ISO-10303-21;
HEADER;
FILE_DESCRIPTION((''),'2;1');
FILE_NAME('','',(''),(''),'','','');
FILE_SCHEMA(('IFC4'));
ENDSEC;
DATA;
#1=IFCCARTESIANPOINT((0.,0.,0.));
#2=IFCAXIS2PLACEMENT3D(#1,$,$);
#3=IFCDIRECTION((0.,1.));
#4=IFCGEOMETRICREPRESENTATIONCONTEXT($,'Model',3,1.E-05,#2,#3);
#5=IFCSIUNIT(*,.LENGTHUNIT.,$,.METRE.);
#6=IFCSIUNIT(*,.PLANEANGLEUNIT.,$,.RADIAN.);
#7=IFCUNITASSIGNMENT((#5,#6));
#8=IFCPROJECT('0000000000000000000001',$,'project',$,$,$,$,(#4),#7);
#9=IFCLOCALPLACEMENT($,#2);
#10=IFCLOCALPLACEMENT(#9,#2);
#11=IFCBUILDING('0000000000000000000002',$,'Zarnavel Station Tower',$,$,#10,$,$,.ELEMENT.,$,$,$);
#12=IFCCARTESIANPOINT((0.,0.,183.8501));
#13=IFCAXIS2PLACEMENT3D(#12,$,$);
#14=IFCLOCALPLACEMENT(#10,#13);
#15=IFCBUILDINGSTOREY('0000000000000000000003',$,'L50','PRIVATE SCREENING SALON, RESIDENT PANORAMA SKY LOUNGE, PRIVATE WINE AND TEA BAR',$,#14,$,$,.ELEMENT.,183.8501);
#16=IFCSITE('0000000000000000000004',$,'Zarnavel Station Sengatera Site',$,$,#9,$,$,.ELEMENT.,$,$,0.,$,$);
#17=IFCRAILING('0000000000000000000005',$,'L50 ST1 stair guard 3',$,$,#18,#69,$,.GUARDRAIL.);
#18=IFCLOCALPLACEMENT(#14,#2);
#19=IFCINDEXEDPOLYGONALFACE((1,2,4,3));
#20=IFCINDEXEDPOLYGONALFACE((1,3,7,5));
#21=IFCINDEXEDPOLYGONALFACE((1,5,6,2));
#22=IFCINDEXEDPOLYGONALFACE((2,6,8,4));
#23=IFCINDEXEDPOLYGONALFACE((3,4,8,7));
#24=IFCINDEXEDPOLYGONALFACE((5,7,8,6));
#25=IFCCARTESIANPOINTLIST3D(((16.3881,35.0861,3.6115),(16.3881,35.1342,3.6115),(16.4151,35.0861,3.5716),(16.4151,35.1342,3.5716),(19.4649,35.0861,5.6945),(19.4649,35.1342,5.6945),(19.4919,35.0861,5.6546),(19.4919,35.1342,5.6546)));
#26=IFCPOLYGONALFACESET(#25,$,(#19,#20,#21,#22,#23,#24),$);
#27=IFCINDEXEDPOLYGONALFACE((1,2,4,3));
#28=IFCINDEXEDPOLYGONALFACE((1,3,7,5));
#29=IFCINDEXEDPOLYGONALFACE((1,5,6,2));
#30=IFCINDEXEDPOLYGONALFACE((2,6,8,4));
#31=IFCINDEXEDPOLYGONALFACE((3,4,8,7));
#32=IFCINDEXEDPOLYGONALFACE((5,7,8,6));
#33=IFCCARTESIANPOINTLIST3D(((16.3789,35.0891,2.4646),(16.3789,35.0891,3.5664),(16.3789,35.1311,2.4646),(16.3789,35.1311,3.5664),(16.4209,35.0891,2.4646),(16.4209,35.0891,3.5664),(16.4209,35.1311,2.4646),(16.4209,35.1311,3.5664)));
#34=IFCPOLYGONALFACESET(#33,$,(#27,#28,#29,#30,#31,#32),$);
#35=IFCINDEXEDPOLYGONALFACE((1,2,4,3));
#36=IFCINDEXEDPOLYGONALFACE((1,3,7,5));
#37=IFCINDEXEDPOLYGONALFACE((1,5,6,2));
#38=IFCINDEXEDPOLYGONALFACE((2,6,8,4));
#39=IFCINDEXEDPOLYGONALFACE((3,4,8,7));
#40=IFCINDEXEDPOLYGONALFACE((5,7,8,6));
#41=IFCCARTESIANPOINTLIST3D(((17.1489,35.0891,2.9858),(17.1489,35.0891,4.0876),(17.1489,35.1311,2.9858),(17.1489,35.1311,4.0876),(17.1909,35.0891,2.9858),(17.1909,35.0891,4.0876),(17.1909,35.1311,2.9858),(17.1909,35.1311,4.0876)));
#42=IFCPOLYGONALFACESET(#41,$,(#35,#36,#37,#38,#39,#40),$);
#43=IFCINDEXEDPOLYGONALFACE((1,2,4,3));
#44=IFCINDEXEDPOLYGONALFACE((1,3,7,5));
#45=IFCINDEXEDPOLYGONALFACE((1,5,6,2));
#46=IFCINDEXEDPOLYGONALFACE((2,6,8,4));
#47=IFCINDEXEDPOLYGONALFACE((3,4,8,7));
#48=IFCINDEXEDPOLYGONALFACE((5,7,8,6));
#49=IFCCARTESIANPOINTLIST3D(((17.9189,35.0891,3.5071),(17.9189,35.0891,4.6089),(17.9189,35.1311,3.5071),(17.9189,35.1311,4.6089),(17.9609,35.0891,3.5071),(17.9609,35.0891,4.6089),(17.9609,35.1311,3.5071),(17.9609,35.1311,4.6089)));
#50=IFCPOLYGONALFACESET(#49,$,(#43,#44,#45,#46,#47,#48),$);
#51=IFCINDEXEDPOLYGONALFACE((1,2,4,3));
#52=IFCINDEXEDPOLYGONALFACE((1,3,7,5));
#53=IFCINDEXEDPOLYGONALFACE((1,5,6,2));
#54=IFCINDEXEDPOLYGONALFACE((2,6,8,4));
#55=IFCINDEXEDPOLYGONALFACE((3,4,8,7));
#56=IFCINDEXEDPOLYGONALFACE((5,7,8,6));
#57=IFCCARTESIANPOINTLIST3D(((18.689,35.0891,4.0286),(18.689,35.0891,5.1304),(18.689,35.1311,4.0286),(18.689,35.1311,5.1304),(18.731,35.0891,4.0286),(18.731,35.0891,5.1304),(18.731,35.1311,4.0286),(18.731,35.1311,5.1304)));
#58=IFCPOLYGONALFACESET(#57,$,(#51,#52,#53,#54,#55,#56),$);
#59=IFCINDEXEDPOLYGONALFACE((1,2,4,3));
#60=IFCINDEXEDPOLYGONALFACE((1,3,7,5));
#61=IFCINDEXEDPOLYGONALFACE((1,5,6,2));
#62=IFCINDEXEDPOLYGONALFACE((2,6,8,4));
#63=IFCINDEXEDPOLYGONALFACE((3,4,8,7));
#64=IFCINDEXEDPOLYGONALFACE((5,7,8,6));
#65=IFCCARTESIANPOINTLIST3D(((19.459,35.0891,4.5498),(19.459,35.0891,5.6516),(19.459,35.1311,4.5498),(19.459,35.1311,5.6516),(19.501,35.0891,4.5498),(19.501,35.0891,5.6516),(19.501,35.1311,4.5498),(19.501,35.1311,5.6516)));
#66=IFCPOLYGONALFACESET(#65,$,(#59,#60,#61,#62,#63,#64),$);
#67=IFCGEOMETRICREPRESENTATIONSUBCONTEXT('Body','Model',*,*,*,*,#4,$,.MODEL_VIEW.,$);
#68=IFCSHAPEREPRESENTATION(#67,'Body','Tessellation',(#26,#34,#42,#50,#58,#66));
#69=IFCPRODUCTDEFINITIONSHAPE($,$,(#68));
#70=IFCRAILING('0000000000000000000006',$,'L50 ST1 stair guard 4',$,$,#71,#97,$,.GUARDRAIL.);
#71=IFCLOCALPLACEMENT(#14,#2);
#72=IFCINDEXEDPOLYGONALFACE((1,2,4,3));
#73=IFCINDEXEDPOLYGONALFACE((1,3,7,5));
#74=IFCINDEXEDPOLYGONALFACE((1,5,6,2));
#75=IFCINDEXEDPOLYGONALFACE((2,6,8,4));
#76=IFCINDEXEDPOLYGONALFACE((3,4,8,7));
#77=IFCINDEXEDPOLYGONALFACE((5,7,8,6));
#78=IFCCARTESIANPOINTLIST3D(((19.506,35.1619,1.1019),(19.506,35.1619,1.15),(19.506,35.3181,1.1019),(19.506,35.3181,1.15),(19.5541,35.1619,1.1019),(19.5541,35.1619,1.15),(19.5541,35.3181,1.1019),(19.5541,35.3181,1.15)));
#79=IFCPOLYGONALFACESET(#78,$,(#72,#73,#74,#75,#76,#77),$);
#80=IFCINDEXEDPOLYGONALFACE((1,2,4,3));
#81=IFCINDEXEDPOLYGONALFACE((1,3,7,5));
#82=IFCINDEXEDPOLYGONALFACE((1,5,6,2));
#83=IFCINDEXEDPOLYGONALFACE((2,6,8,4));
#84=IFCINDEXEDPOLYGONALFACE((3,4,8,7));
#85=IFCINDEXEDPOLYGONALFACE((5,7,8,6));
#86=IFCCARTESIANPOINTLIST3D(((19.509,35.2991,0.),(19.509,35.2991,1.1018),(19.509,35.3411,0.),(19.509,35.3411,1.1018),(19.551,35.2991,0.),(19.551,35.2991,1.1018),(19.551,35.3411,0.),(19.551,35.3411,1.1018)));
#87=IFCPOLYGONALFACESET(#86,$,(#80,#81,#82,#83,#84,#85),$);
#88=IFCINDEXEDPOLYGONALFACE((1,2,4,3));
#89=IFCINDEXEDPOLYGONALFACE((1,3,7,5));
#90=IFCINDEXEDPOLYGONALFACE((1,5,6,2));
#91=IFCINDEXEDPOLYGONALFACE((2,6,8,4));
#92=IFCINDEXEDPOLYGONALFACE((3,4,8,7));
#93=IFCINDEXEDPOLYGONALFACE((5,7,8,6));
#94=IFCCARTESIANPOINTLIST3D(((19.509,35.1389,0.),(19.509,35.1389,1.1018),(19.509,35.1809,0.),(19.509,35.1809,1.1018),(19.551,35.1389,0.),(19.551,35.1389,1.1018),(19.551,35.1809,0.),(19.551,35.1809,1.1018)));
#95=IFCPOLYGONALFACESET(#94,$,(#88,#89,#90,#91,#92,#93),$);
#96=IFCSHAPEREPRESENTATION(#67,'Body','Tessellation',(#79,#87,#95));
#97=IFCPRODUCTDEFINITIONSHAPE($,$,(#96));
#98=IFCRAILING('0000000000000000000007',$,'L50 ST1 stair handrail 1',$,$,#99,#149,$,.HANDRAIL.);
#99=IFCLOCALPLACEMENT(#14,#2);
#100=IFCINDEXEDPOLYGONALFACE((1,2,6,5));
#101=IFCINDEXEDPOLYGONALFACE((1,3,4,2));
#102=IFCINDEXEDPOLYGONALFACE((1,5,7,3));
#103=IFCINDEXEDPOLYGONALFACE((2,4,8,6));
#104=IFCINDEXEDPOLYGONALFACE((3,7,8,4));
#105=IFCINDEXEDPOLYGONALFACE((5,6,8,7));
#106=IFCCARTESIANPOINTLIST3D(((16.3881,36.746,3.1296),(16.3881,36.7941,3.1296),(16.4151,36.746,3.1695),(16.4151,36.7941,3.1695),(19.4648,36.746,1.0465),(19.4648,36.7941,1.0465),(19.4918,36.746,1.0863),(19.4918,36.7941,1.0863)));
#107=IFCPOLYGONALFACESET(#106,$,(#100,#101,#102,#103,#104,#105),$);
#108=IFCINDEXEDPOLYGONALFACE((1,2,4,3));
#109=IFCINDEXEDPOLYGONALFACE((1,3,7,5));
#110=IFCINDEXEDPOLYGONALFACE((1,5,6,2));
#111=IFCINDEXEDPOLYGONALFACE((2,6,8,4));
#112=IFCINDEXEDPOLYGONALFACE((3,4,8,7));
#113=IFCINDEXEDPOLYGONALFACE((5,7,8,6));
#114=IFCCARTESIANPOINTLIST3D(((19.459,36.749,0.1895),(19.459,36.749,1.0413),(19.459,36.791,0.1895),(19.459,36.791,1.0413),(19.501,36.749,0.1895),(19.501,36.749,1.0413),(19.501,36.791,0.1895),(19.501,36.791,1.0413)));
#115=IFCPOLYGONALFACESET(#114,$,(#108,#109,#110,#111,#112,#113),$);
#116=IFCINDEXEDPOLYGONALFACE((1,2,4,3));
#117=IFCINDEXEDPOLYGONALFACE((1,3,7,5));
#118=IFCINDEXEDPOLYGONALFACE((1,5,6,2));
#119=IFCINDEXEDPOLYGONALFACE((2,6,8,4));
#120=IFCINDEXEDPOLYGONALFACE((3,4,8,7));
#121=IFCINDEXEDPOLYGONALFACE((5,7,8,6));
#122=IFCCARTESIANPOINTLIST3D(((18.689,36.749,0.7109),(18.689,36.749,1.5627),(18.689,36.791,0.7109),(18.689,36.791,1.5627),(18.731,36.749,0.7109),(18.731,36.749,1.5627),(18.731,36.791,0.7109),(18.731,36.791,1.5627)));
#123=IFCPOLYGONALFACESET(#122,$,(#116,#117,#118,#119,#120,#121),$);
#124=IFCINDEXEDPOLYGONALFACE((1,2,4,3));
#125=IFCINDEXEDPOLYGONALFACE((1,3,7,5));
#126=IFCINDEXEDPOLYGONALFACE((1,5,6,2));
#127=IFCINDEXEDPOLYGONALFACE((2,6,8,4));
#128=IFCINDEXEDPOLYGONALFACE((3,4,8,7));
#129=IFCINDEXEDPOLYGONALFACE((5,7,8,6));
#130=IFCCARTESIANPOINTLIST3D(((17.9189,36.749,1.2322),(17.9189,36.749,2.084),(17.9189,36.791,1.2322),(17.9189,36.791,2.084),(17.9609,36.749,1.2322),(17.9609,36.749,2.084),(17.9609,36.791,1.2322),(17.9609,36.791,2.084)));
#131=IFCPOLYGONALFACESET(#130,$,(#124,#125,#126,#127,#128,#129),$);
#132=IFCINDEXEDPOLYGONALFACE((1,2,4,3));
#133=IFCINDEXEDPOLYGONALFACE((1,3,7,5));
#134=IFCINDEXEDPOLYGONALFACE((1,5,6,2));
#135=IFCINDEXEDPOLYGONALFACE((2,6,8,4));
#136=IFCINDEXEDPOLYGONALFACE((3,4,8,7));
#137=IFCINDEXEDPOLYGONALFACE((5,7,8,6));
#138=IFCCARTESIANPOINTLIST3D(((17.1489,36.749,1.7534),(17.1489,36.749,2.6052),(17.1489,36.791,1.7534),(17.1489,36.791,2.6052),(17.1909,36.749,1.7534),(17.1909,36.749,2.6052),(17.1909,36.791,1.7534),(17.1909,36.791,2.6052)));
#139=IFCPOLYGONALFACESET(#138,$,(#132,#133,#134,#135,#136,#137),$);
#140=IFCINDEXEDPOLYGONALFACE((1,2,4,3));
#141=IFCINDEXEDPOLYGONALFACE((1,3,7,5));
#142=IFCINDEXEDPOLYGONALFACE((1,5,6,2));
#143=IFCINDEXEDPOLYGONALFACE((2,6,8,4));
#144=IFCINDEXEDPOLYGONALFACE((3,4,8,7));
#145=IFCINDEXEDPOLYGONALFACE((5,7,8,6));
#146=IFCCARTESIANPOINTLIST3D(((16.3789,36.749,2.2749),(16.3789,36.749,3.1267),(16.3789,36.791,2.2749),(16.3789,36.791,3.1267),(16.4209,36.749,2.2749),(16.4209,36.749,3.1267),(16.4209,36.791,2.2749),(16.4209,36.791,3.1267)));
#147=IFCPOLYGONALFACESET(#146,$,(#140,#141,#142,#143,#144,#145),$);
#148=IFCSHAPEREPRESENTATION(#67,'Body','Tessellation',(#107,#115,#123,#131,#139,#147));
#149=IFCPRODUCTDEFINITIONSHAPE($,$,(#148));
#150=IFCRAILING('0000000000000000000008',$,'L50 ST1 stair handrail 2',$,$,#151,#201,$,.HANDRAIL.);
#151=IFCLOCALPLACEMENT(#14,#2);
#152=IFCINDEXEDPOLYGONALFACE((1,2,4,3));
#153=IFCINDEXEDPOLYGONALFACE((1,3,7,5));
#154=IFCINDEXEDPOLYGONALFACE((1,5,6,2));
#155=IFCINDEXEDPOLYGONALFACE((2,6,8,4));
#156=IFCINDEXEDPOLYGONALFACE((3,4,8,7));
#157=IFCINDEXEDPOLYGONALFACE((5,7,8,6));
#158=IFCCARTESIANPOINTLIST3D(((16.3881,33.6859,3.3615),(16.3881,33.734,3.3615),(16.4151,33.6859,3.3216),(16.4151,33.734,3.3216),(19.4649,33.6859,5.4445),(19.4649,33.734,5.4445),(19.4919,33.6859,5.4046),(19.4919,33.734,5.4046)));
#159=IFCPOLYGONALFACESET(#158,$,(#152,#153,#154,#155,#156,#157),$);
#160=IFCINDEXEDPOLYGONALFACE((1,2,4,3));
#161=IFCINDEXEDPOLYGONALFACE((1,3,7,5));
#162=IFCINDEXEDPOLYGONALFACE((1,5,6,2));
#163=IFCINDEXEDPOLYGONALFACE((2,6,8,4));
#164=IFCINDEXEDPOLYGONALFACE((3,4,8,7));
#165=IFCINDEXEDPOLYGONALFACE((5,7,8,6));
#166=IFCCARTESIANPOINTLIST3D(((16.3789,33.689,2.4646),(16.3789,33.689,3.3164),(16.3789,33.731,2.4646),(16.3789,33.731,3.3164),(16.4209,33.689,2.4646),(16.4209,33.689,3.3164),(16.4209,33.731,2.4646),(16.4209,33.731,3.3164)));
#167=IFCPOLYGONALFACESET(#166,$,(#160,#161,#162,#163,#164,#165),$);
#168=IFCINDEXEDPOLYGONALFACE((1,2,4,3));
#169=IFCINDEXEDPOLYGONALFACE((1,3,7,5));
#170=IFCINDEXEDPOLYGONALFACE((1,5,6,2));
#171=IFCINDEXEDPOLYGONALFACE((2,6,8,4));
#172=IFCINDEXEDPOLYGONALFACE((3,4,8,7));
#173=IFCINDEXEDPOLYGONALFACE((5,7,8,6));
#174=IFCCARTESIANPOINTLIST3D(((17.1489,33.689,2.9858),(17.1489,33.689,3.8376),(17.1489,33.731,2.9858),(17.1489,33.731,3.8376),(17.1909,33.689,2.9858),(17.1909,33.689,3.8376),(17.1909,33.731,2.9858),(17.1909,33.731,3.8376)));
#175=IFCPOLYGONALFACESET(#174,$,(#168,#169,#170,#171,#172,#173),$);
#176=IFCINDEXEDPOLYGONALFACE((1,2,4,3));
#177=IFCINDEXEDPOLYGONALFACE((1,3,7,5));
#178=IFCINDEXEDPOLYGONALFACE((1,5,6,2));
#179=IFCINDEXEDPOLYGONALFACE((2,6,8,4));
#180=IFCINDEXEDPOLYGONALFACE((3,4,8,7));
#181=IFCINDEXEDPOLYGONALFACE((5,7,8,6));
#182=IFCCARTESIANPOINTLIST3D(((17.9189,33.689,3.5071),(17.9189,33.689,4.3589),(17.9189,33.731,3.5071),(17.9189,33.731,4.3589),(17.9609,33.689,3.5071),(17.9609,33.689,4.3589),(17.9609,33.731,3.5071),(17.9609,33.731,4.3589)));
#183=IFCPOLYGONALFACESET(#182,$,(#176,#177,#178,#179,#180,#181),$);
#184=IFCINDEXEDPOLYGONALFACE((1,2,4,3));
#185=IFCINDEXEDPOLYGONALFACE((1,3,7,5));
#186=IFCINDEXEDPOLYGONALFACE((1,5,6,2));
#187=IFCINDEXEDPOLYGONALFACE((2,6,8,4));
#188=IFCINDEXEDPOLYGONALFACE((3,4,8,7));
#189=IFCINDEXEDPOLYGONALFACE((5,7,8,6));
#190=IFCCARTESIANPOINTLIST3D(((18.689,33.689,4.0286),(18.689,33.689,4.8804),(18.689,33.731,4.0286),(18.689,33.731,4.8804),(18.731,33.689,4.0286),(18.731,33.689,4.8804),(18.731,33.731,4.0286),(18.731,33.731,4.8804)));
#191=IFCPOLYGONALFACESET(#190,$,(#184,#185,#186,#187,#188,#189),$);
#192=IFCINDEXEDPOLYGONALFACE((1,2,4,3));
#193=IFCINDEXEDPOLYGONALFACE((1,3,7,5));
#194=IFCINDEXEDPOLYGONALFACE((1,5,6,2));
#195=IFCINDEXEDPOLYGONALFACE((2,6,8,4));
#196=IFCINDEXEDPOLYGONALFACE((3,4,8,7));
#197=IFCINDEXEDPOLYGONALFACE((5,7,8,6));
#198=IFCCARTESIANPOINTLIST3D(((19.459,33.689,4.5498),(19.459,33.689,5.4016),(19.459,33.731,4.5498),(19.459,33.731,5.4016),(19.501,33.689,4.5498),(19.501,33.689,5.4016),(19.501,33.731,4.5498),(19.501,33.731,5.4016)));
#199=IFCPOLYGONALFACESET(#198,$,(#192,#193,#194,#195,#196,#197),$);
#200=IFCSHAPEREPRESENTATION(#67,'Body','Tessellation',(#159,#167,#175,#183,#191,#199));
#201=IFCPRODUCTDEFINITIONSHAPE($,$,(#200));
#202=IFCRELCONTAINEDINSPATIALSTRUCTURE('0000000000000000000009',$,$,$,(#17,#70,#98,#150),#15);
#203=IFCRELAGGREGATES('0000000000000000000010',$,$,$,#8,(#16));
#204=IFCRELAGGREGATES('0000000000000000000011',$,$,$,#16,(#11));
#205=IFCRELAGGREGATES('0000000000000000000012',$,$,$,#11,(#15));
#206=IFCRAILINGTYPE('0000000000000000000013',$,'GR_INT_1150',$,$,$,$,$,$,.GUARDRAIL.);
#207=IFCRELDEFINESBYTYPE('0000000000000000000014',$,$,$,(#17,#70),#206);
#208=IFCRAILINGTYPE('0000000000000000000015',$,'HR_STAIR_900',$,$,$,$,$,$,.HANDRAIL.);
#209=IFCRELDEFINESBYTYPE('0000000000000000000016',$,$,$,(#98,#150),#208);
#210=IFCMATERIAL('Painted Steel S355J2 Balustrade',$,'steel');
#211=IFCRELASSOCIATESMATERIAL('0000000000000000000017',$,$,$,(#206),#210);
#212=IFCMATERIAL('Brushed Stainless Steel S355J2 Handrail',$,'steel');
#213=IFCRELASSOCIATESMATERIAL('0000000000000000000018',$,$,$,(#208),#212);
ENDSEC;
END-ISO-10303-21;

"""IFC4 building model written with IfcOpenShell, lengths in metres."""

from ifc_helpers import new_model, si_unit, direction, frame, origin, origin_2d, place, context, subcontext, project, spatial, rectangle, extrude, material, type_object, element, save


model = new_model("IFC4")

# Units and contexts
model_context = context("Model", 3, precision=1e-05, world=origin(), true_north=direction((0.0, 1.0)))
body_context = subcontext(model_context, "Body", "Model", "MODEL_VIEW")
ifc_project = project(units=[si_unit("LENGTHUNIT", "METRE"), si_unit("PLANEANGLEUNIT", "RADIAN")], contexts=[model_context])

# Site, building, storey
site_placement = place(None, origin())
site = spatial("IfcSite", under=ifc_project, at=site_placement, Name="Zarnavel Station Sengatera Site", CompositionType="ELEMENT", RefElevation=0.0)
building_placement = place(site_placement, origin())
building = spatial("IfcBuilding", under=site, at=building_placement, Name="Zarnavel Station Tower", CompositionType="ELEMENT")
storey_placement = place(building_placement, frame((0.0, 0.0, 183.8501)))
storey = spatial("IfcBuildingStorey", under=building, at=storey_placement, Name="L50", Description="PRIVATE SCREENING SALON, RESIDENT PANORAMA SKY LOUNGE, PRIVATE WINE AND TEA BAR", CompositionType="ELEMENT", Elevation=183.8501)

# Railings
ifc_material_1 = material(Name="Painted Steel S355J2 Balustrade", Category="steel")
railing_type_1 = type_object("IfcRailingType", Name="GR_INT_1150", PredefinedType="GUARDRAIL", material=ifc_material_1)
railing_1_placement = place(storey_placement, frame((16.3999, 35.1101, 2.4646)))
element("IfcRailing", 1, at=railing_1_placement, inside=storey, type_object=railing_type_1, Name="L50 ST1 stair guard 3", PredefinedType="GUARDRAIL", context=body_context, shape_type="SweptSolid", body=[
    extrude(rectangle(XDim=0.0481, YDim=0.0481, at=origin_2d()), frame((0.0017, 0.0, 1.127), z_axis=(0.828081, 0.0, 0.560609), x_axis=(0.0, 1.0, 0.0)), (0.0, 0.0, 1.0), 3.7156),
    extrude(rectangle(XDim=0.042, YDim=0.042, at=origin_2d()), origin(), (0.0, 0.0, 1.0), 1.1018),
    extrude(rectangle(XDim=0.042, YDim=0.042, at=origin_2d()), frame((0.77, 0.0, 0.5212)), (0.0, 0.0, 1.0), 1.1018),
    extrude(rectangle(XDim=0.042, YDim=0.042, at=origin_2d()), frame((1.54, 0.0, 1.0425)), (0.0, 0.0, 1.0), 1.1018),
    extrude(rectangle(XDim=0.042, YDim=0.042, at=origin_2d()), frame((2.3101, 0.0, 1.564)), (0.0, 0.0, 1.0), 1.1018),
    extrude(rectangle(XDim=0.042, YDim=0.042, at=origin_2d()), frame((3.0801, 0.0, 2.0852)), (0.0, 0.0, 1.0), 1.1018),
])
railing_2_placement = place(storey_placement, frame((19.53, 35.3201, 0.0)))
element("IfcRailing", 2, at=railing_2_placement, inside=storey, type_object=railing_type_1, Name="L50 ST1 stair guard 4", PredefinedType="GUARDRAIL", context=body_context, shape_type="SweptSolid", body=[
    extrude(rectangle(XDim=0.0481, YDim=0.0481, at=origin_2d()), frame((0.0, -0.002, 1.126), z_axis=(0.0, -1.0, 0.0), x_axis=(1.0, 0.0, 0.0)), (0.0, 0.0, 1.0), 0.1562),
    extrude(rectangle(XDim=0.042, YDim=0.042, at=origin_2d()), origin(), (0.0, 0.0, 1.0), 1.1018),
    extrude(rectangle(XDim=0.042, YDim=0.042, at=origin_2d()), frame((0.0, -0.1602, 0.0)), (0.0, 0.0, 1.0), 1.1018),
])
ifc_material_2 = material(Name="Brushed Stainless Steel S355J2 Handrail", Category="steel")
railing_type_2 = type_object("IfcRailingType", Name="HR_STAIR_900", PredefinedType="HANDRAIL", material=ifc_material_2)
railing_3_placement = place(storey_placement, frame((19.48, 36.77, 0.1895)))
element("IfcRailing", 3, at=railing_3_placement, inside=storey, type_object=railing_type_2, Name="L50 ST1 stair handrail 1", PredefinedType="HANDRAIL", context=body_context, shape_type="SweptSolid", body=[
    extrude(rectangle(XDim=0.0481, YDim=0.0481, at=origin_2d()), frame((-0.0017, 0.0, 0.877), z_axis=(-0.82805, 0.0, 0.560654), x_axis=(0.0, -1.0, 0.0)), (0.0, 0.0, 1.0), 3.7156),
    extrude(rectangle(XDim=0.042, YDim=0.042, at=origin_2d()), origin(), (0.0, 0.0, 1.0), 0.8518),
    extrude(rectangle(XDim=0.042, YDim=0.042, at=origin_2d()), frame((-0.77, 0.0, 0.5215)), (0.0, 0.0, 1.0), 0.8518),
    extrude(rectangle(XDim=0.042, YDim=0.042, at=origin_2d()), frame((-1.54, 0.0, 1.0427)), (0.0, 0.0, 1.0), 0.8518),
    extrude(rectangle(XDim=0.042, YDim=0.042, at=origin_2d()), frame((-2.3101, 0.0, 1.564)), (0.0, 0.0, 1.0), 0.8518),
    extrude(rectangle(XDim=0.042, YDim=0.042, at=origin_2d()), frame((-3.0801, 0.0, 2.0854)), (0.0, 0.0, 1.0), 0.8518),
])
railing_4_placement = place(storey_placement, frame((16.3999, 33.71, 2.4646)))
element("IfcRailing", 4, at=railing_4_placement, inside=storey, type_object=railing_type_2, Name="L50 ST1 stair handrail 2", PredefinedType="HANDRAIL", context=body_context, shape_type="SweptSolid", body=[
    extrude(rectangle(XDim=0.0481, YDim=0.0481, at=origin_2d()), frame((0.0017, 0.0, 0.877), z_axis=(0.828081, 0.0, 0.560609), x_axis=(0.0, 1.0, 0.0)), (0.0, 0.0, 1.0), 3.7156),
    extrude(rectangle(XDim=0.042, YDim=0.042, at=origin_2d()), origin(), (0.0, 0.0, 1.0), 0.8518),
    extrude(rectangle(XDim=0.042, YDim=0.042, at=origin_2d()), frame((0.77, 0.0, 0.5212)), (0.0, 0.0, 1.0), 0.8518),
    extrude(rectangle(XDim=0.042, YDim=0.042, at=origin_2d()), frame((1.54, 0.0, 1.0425)), (0.0, 0.0, 1.0), 0.8518),
    extrude(rectangle(XDim=0.042, YDim=0.042, at=origin_2d()), frame((2.3101, 0.0, 1.564)), (0.0, 0.0, 1.0), 0.8518),
    extrude(rectangle(XDim=0.042, YDim=0.042, at=origin_2d()), frame((3.0801, 0.0, 2.0852)), (0.0, 0.0, 1.0), 0.8518),
])

save(model, "model.ifc")
